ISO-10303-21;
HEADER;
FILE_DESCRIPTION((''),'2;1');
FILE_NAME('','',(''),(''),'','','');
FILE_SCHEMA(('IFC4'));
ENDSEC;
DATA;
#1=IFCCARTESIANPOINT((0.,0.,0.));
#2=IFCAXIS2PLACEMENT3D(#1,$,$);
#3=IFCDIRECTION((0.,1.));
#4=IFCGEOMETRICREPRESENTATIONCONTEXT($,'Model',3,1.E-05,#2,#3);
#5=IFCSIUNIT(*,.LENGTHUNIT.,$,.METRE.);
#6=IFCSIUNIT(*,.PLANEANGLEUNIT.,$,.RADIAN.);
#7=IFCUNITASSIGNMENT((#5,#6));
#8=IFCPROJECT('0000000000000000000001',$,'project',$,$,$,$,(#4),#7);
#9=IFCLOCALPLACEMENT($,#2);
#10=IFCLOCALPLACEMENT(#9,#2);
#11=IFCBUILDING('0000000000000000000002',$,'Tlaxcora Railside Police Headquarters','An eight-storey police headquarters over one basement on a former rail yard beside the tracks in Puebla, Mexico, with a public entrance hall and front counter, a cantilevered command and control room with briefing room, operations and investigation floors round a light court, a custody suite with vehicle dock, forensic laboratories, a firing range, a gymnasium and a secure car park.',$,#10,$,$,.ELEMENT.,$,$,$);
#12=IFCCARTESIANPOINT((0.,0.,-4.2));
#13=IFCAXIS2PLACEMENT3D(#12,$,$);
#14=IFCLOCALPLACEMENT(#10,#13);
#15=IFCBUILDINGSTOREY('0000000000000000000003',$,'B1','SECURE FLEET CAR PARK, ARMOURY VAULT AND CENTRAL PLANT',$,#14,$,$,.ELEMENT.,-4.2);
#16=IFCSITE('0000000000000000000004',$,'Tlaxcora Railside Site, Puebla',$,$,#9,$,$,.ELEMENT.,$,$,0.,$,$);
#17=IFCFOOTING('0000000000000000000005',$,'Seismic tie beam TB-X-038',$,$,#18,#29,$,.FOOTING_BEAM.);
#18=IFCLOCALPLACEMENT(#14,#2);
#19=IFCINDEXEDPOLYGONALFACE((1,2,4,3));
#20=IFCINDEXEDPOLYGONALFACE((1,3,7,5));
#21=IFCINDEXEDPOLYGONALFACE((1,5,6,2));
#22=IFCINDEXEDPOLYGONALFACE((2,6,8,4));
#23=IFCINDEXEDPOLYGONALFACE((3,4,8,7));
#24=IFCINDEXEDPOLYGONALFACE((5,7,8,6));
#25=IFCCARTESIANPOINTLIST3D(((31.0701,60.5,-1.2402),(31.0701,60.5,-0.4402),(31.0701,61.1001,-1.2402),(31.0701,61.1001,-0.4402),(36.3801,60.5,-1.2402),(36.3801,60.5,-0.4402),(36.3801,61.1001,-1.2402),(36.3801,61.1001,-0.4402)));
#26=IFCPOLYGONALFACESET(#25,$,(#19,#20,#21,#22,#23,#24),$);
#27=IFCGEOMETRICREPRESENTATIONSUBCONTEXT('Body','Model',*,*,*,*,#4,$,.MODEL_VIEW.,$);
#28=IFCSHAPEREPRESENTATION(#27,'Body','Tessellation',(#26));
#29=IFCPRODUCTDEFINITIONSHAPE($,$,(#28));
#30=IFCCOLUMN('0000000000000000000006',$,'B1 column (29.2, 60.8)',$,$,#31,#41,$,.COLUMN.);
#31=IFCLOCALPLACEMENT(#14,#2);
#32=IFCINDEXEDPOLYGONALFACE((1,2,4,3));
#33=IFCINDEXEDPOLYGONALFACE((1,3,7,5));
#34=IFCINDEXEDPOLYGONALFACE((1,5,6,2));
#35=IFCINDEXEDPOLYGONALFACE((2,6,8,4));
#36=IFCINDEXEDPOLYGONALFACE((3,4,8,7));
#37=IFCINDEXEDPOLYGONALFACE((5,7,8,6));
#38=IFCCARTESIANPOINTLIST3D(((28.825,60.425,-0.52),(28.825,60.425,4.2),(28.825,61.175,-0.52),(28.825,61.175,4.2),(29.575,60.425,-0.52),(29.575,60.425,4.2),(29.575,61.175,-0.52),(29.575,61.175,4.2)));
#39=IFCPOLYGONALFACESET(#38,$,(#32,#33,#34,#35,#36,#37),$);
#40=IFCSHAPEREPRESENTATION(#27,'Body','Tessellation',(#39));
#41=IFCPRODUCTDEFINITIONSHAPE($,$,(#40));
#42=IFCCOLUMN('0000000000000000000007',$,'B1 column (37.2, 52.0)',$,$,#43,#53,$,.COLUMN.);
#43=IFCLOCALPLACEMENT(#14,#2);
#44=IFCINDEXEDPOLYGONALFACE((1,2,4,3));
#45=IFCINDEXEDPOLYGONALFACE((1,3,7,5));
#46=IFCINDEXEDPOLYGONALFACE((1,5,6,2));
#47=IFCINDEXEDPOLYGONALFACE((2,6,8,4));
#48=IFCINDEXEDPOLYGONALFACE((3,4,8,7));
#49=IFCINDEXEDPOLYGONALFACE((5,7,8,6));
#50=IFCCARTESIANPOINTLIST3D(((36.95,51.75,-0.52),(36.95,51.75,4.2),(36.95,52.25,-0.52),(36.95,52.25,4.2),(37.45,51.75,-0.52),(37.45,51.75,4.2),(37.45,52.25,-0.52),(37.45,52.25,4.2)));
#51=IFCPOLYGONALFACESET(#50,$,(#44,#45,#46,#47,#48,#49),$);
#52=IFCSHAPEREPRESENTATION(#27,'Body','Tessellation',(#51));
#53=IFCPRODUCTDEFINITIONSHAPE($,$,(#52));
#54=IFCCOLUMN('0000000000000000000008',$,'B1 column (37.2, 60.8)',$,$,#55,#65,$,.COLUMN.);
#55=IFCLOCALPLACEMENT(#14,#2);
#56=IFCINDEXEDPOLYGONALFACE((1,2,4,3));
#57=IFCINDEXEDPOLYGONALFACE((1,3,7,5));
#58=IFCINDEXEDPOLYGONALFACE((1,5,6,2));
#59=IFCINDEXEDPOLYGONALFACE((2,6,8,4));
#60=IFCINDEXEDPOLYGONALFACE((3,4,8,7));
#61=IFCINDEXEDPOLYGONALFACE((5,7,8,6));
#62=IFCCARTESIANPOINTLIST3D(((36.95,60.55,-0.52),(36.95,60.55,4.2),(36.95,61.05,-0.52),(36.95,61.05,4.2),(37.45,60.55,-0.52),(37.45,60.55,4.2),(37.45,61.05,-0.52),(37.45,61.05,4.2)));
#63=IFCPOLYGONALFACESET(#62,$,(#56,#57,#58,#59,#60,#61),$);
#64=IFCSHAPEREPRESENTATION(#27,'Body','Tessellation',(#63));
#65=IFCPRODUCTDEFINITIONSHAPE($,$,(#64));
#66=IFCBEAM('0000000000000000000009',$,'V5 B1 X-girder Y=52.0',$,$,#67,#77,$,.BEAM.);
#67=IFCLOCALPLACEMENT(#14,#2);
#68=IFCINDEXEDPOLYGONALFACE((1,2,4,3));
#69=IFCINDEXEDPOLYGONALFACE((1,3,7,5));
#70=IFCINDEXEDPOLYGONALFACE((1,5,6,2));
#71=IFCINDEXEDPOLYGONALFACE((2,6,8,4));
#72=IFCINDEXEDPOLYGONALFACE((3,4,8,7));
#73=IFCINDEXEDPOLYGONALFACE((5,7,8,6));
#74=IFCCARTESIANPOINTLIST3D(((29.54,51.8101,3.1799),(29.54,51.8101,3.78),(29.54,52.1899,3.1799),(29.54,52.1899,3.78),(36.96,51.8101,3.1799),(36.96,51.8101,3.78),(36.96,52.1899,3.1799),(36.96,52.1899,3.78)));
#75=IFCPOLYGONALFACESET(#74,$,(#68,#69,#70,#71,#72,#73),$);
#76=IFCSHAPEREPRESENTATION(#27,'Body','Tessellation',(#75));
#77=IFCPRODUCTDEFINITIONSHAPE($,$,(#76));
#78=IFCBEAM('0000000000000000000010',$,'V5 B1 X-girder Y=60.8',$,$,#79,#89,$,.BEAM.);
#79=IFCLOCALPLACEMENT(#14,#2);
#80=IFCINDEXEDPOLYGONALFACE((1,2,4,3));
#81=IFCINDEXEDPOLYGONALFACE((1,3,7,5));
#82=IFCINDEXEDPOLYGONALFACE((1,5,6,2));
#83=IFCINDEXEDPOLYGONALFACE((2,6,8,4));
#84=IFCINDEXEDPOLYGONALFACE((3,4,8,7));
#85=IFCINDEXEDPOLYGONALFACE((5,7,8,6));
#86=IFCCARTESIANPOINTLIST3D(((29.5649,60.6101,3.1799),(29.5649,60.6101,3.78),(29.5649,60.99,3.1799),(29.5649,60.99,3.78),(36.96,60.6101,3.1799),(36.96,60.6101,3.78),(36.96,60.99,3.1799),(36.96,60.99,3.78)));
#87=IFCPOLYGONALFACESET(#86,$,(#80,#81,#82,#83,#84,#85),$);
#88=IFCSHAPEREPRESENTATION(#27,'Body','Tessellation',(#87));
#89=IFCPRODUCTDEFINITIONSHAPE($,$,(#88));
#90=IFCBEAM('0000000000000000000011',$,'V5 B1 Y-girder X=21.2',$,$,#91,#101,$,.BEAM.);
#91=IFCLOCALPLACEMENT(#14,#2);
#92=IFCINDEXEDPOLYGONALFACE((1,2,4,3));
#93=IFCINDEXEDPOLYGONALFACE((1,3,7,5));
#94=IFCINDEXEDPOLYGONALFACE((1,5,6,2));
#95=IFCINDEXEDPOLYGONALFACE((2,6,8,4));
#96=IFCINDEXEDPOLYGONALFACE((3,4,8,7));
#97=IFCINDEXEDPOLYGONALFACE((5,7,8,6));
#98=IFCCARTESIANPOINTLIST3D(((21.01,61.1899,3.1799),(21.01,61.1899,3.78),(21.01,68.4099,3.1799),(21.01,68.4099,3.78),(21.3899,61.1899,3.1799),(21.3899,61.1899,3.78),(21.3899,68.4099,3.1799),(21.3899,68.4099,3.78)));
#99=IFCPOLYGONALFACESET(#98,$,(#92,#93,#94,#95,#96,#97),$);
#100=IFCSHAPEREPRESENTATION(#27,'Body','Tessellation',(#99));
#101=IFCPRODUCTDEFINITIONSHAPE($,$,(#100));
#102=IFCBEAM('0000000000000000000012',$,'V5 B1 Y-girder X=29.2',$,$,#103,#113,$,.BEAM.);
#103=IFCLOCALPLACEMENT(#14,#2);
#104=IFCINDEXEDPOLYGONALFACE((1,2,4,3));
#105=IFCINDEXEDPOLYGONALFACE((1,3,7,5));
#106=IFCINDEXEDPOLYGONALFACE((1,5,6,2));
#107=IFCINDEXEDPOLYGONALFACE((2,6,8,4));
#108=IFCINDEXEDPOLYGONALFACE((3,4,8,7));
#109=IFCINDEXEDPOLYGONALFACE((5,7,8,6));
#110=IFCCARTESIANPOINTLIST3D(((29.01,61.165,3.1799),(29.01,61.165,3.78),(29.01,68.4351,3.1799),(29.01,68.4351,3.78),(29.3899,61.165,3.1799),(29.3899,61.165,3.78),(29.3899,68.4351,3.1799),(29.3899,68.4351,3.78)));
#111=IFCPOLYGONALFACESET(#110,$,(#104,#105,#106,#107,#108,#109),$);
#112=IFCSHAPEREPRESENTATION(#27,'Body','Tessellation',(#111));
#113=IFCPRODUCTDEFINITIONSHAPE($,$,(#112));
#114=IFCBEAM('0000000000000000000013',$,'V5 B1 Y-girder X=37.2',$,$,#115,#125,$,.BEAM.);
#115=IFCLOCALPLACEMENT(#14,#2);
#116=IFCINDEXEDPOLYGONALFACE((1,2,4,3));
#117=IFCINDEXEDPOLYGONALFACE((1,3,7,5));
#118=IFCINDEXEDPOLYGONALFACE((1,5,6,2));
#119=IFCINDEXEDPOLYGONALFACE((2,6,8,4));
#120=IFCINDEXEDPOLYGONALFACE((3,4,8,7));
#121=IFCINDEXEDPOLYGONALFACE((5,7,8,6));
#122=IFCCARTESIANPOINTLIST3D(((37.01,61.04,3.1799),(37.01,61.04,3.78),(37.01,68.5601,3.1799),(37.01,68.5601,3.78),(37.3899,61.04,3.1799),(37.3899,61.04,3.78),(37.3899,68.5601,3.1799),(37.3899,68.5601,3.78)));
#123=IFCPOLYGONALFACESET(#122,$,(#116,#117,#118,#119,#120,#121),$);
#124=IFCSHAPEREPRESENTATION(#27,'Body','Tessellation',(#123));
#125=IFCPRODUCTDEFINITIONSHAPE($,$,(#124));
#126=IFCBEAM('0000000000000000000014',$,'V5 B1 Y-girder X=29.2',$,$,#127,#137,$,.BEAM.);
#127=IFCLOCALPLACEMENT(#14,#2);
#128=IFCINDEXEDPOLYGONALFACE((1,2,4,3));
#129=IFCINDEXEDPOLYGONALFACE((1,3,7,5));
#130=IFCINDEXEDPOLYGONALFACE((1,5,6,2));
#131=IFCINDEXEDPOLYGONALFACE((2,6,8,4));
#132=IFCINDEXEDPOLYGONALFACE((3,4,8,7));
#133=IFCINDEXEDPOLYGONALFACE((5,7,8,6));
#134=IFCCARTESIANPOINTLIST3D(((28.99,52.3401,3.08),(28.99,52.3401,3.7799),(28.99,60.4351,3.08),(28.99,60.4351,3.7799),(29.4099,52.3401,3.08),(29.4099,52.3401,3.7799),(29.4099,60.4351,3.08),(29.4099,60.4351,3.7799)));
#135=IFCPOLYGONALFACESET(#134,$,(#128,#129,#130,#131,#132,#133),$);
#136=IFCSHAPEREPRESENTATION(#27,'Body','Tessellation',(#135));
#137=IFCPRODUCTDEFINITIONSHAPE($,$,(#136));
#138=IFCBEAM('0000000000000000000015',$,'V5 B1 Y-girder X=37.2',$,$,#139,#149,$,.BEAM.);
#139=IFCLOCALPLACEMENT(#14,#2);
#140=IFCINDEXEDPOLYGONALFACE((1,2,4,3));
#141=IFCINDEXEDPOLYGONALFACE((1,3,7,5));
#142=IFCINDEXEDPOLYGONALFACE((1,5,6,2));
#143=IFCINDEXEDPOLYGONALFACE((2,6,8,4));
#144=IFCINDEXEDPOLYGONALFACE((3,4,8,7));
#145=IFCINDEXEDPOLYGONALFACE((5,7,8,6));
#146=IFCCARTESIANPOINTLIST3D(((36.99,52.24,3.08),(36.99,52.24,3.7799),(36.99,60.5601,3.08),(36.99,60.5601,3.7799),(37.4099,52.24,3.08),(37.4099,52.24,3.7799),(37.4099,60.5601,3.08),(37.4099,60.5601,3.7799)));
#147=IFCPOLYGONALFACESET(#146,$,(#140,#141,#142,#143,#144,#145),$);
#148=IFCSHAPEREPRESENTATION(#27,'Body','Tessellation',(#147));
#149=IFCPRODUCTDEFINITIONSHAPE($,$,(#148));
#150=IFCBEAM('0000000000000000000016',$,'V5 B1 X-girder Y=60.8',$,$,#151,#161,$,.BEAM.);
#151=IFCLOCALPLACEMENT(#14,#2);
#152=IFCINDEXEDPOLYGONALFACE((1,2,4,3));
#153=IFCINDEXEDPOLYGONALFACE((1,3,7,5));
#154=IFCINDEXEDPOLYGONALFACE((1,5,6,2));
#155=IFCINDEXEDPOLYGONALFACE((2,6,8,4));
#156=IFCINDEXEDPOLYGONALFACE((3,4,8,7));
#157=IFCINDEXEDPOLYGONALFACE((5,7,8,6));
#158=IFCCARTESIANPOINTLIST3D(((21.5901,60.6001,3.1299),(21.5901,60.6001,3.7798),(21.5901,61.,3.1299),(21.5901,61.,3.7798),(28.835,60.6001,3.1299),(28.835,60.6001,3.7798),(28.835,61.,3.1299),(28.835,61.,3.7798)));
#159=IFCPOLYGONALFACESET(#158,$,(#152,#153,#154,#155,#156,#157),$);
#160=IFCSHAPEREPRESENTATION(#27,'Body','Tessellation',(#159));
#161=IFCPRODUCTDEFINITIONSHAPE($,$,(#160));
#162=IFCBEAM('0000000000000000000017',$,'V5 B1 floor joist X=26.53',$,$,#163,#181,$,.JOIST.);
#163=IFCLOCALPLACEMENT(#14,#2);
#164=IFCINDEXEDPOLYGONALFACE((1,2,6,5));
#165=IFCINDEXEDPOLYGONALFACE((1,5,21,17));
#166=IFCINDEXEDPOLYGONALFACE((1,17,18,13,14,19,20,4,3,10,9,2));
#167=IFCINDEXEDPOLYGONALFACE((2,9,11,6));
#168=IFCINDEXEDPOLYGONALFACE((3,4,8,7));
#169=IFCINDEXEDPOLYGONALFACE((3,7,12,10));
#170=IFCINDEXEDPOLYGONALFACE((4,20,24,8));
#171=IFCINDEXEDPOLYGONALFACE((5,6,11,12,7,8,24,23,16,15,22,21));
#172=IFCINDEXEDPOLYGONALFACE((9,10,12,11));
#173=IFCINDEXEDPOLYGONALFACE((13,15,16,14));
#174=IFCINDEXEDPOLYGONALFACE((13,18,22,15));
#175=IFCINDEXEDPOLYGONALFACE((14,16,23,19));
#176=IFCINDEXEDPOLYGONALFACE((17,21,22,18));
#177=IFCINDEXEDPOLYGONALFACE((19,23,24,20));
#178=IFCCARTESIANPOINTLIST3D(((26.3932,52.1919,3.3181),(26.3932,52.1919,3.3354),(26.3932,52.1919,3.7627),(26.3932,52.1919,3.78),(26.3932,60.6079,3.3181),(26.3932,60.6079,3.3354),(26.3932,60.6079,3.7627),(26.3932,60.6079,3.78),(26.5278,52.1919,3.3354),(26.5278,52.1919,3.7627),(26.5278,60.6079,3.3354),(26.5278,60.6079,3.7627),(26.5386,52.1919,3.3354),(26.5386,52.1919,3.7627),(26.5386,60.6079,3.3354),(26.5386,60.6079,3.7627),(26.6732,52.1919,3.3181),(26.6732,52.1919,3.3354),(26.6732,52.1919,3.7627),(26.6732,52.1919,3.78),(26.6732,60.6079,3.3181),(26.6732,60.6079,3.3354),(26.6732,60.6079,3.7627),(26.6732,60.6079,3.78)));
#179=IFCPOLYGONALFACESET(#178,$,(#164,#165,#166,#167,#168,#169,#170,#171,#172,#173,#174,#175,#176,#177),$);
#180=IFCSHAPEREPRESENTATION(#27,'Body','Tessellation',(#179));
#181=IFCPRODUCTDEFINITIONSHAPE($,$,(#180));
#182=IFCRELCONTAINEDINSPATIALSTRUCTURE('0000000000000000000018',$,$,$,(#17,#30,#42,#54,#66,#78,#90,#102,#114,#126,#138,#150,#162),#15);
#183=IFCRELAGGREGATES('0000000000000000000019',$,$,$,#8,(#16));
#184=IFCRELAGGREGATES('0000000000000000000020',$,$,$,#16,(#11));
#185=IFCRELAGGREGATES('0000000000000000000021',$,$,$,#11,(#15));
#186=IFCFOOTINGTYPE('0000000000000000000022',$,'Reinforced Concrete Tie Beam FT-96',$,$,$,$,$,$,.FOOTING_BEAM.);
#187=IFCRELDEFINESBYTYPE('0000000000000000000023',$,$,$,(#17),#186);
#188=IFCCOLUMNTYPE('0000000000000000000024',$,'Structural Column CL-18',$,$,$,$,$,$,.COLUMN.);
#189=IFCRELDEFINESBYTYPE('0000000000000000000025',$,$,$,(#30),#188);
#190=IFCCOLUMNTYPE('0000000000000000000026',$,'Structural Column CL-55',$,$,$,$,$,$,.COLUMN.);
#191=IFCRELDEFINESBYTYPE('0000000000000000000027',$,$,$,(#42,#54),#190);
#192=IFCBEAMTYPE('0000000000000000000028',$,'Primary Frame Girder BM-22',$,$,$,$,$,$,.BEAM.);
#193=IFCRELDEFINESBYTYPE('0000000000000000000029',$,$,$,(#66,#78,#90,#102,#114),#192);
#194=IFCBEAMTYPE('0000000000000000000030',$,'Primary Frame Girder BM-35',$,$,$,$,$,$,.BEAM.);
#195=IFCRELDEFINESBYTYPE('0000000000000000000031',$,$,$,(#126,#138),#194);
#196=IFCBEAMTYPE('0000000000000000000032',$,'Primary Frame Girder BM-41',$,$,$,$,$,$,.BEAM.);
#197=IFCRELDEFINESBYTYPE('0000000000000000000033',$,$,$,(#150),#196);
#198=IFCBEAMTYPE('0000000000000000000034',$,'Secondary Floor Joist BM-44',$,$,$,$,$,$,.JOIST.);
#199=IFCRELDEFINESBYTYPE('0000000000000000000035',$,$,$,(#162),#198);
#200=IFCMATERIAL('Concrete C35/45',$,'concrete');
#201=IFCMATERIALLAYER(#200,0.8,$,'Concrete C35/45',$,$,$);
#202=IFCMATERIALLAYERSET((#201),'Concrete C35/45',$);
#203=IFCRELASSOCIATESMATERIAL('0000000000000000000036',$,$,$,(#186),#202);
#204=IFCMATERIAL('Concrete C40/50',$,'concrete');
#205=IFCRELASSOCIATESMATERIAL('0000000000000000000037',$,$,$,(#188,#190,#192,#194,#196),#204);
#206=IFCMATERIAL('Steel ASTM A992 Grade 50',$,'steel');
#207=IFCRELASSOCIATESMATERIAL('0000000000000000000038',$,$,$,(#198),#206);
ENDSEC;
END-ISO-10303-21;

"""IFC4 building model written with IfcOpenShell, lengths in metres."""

from ifc_helpers import new_model, si_unit, direction, frame, origin, origin_2d, place, context, subcontext, project, spatial, rectangle, i_section, extrude, material, layer, layer_set, material_profile, profile_set, type_object, element, save


model = new_model("IFC4")

# Units and contexts
model_context = context("Model", 3, precision=1e-05, world=origin(), true_north=direction((0.0, 1.0)))
body_context = subcontext(model_context, "Body", "Model", "MODEL_VIEW")
ifc_project = project(units=[si_unit("LENGTHUNIT", "METRE"), si_unit("PLANEANGLEUNIT", "RADIAN")], contexts=[model_context])

# Site, building, storey
site_placement = place(None, origin())
site = spatial("IfcSite", under=ifc_project, at=site_placement, Name="Tlaxcora Railside Site, Puebla", CompositionType="ELEMENT", RefElevation=0.0)
building_placement = place(site_placement, origin())
building = spatial("IfcBuilding", under=site, at=building_placement, Name="Tlaxcora Railside Police Headquarters", Description="An eight-storey police headquarters over one basement on a former rail yard beside the tracks in Puebla, Mexico, with a public entrance hall and front counter, a cantilevered command and control room with briefing room, operations and investigation floors round a light court, a custody suite with vehicle dock, forensic laboratories, a firing range, a gymnasium and a secure car park.", CompositionType="ELEMENT")
storey_placement = place(building_placement, frame((0.0, 0.0, -4.2)))
storey = spatial("IfcBuildingStorey", under=building, at=storey_placement, Name="B1", Description="SECURE FLEET CAR PARK, ARMOURY VAULT AND CENTRAL PLANT", CompositionType="ELEMENT", Elevation=-4.2)

# Shared definitions
ifc_material_1 = material(Name="Concrete C35/45", Category="concrete")

# Footing
ifc_material_2 = material(Name="Concrete C40/50", Category="concrete")
ifc_layer_1 = layer(ifc_material_1, 0.8, Name="Concrete C35/45")
ifc_layer_set_1 = layer_set([ifc_layer_1], Name="Concrete C35/45")
footing_type_1 = type_object("IfcFootingType", Name="Reinforced Concrete Tie Beam FT-96", PredefinedType="FOOTING_BEAM", material=ifc_layer_set_1)
footing_1_placement = place(storey_placement, frame((33.7251, 60.8, -1.2402), z_axis=(0.0, 0.0, 1.0), x_axis=(1.0, 0.0, 0.0)))
element("IfcFooting", 1, at=footing_1_placement, inside=storey, type_object=footing_type_1, Name="Seismic tie beam TB-X-038", PredefinedType="FOOTING_BEAM", context=body_context, shape_type="SweptSolid", body=[
    extrude(rectangle(XDim=5.3101, YDim=0.6001, at=origin_2d()), origin(), (0.0, 0.0, 1.0), 0.8),
])

# Columns
ifc_material_profile_1 = material_profile(ifc_material_2, rectangle(XDim=0.75, YDim=0.75, at=origin_2d()), Name="RC750X750")
ifc_profile_set_1 = profile_set([ifc_material_profile_1], Name="Concrete C40/50")
column_type_1 = type_object("IfcColumnType", Name="Structural Column CL-18", PredefinedType="COLUMN", material=ifc_profile_set_1)
column_placement = place(storey_placement, frame((29.2, 60.8, -0.52), z_axis=(0.0, 0.0, 1.0), x_axis=(1.0, 0.0, 0.0)))
element("IfcColumn", 2, at=column_placement, inside=storey, type_object=column_type_1, Name="B1 column (29.2, 60.8)", PredefinedType="COLUMN", context=body_context, shape_type="SweptSolid", body=[
    extrude(rectangle(XDim=0.75, YDim=0.75, at=origin_2d()), origin(), (0.0, 0.0, 1.0), 4.72),
])
ifc_material_profile_2 = material_profile(ifc_material_2, rectangle(XDim=0.5, YDim=0.5, at=origin_2d()), Name="RC500X500")
ifc_profile_set_2 = profile_set([ifc_material_profile_2], Name="Concrete C40/50")
column_type_2 = type_object("IfcColumnType", Name="Structural Column CL-55", PredefinedType="COLUMN", material=ifc_profile_set_2)
for number, where, z_axis, x_axis, name in (
    (3, (37.2, 52.0, -0.52), (0.0, 0.0, 1.0), (1.0, 0.0, 0.0), "B1 column (37.2, 52.0)"),
    (4, (37.2, 60.8, -0.52), (0.0, 0.0, 1.0), (1.0, 0.0, 0.0), "B1 column (37.2, 60.8)"),
):
    element("IfcColumn", number, at=place(storey_placement, frame(where, z_axis=z_axis, x_axis=x_axis)), inside=storey, type_object=column_type_2, Name=name, PredefinedType="COLUMN", context=body_context, shape_type="SweptSolid", body=[
        extrude(rectangle(XDim=0.5, YDim=0.5, at=origin_2d()), origin(), (0.0, 0.0, 1.0), 4.72),
    ])

# Beams
ifc_material_profile_3 = material_profile(ifc_material_2, rectangle(XDim=0.3799, YDim=0.6001, at=origin_2d()), Name="RC380X600")
ifc_profile_set_3 = profile_set([ifc_material_profile_3], Name="Concrete C40/50")
beam_type_1 = type_object("IfcBeamType", Name="Primary Frame Girder BM-22", PredefinedType="BEAM", material=ifc_profile_set_3)
beam_1_placement = place(storey_placement, frame((29.54, 52.0, 3.48), z_axis=(1.0, 0.0, 0.0), x_axis=(0.0, 1.0, 0.0)))
element("IfcBeam", 5, at=beam_1_placement, inside=storey, type_object=beam_type_1, Name="V5 B1 X-girder Y=52.0", PredefinedType="BEAM", context=body_context, shape_type="SweptSolid", body=[
    extrude(rectangle(XDim=0.3799, YDim=0.6001, at=origin_2d()), origin(), (0.0, 0.0, 1.0), 7.4199),
])
beam_2_placement = place(storey_placement, frame((29.5649, 60.8, 3.48), z_axis=(1.0, 0.0, 0.0), x_axis=(0.0, 1.0, 0.0)))
element("IfcBeam", 6, at=beam_2_placement, inside=storey, type_object=beam_type_1, Name="V5 B1 X-girder Y=60.8", PredefinedType="BEAM", context=body_context, shape_type="SweptSolid", body=[
    extrude(rectangle(XDim=0.3799, YDim=0.6001, at=origin_2d()), origin(), (0.0, 0.0, 1.0), 7.395),
])
beam_3_placement = place(storey_placement, frame((21.2, 61.1899, 3.48), z_axis=(0.0, 1.0, 0.0), x_axis=(-1.0, 0.0, 0.0)))
element("IfcBeam", 7, at=beam_3_placement, inside=storey, type_object=beam_type_1, Name="V5 B1 Y-girder X=21.2", PredefinedType="BEAM", context=body_context, shape_type="SweptSolid", body=[
    extrude(rectangle(XDim=0.3799, YDim=0.6001, at=origin_2d()), origin(), (0.0, 0.0, 1.0), 7.22),
])
beam_4_placement = place(storey_placement, frame((29.2, 61.165, 3.48), z_axis=(0.0, 1.0, 0.0), x_axis=(-1.0, 0.0, 0.0)))
element("IfcBeam", 8, at=beam_4_placement, inside=storey, type_object=beam_type_1, Name="V5 B1 Y-girder X=29.2", PredefinedType="BEAM", context=body_context, shape_type="SweptSolid", body=[
    extrude(rectangle(XDim=0.3799, YDim=0.6001, at=origin_2d()), origin(), (0.0, 0.0, 1.0), 7.27),
])
beam_5_placement = place(storey_placement, frame((37.2, 61.04, 3.48), z_axis=(0.0, 1.0, 0.0), x_axis=(-1.0, 0.0, 0.0)))
element("IfcBeam", 9, at=beam_5_placement, inside=storey, type_object=beam_type_1, Name="V5 B1 Y-girder X=37.2", PredefinedType="BEAM", context=body_context, shape_type="SweptSolid", body=[
    extrude(rectangle(XDim=0.3799, YDim=0.6001, at=origin_2d()), origin(), (0.0, 0.0, 1.0), 7.52),
])
ifc_material_profile_4 = material_profile(ifc_material_2, rectangle(XDim=0.4199, YDim=0.7, at=origin_2d()), Name="RC420X700")
ifc_profile_set_4 = profile_set([ifc_material_profile_4], Name="Concrete C40/50")
beam_type_2 = type_object("IfcBeamType", Name="Primary Frame Girder BM-35", PredefinedType="BEAM", material=ifc_profile_set_4)
beam_6_placement = place(storey_placement, frame((29.2, 52.3401, 3.4299), z_axis=(0.0, 1.0, 0.0), x_axis=(-1.0, 0.0, 0.0)))
element("IfcBeam", 10, at=beam_6_placement, inside=storey, type_object=beam_type_2, Name="V5 B1 Y-girder X=29.2", PredefinedType="BEAM", context=body_context, shape_type="SweptSolid", body=[
    extrude(rectangle(XDim=0.4199, YDim=0.7, at=origin_2d()), origin(), (0.0, 0.0, 1.0), 8.095),
])
beam_7_placement = place(storey_placement, frame((37.2, 52.24, 3.4299), z_axis=(0.0, 1.0, 0.0), x_axis=(-1.0, 0.0, 0.0)))
element("IfcBeam", 11, at=beam_7_placement, inside=storey, type_object=beam_type_2, Name="V5 B1 Y-girder X=37.2", PredefinedType="BEAM", context=body_context, shape_type="SweptSolid", body=[
    extrude(rectangle(XDim=0.4199, YDim=0.7, at=origin_2d()), origin(), (0.0, 0.0, 1.0), 8.3201),
])
ifc_material_profile_5 = material_profile(ifc_material_2, rectangle(XDim=0.3999, YDim=0.6499, at=origin_2d()), Name="RC400X650")
ifc_profile_set_5 = profile_set([ifc_material_profile_5], Name="Concrete C40/50")
beam_type_3 = type_object("IfcBeamType", Name="Primary Frame Girder BM-41", PredefinedType="BEAM", material=ifc_profile_set_5)
beam_8_placement = place(storey_placement, frame((21.5901, 60.8, 3.4548), z_axis=(1.0, 0.0, 0.0), x_axis=(0.0, 1.0, 0.0)))
element("IfcBeam", 12, at=beam_8_placement, inside=storey, type_object=beam_type_3, Name="V5 B1 X-girder Y=60.8", PredefinedType="BEAM", context=body_context, shape_type="SweptSolid", body=[
    extrude(rectangle(XDim=0.3999, YDim=0.6499, at=origin_2d()), origin(), (0.0, 0.0, 1.0), 7.2449),
])
ifc_material_3 = material(Name="Steel ASTM A992 Grade 50", Category="steel")
ifc_material_profile_6 = material_profile(ifc_material_3, i_section(OverallWidth=0.28, OverallDepth=0.4619, WebThickness=0.0107, FlangeThickness=0.0173, at=origin_2d()), Name="W18X76")
ifc_profile_set_6 = profile_set([ifc_material_profile_6], Name="Steel ASTM A992 Grade 50")
beam_type_4 = type_object("IfcBeamType", Name="Secondary Floor Joist BM-44", PredefinedType="JOIST", material=ifc_profile_set_6)
beam_9_placement = place(storey_placement, frame((26.5332, 52.1919, 3.5491), z_axis=(0.0, 1.0, 0.0), x_axis=(-1.0, 0.0, 0.0)))
element("IfcBeam", 13, at=beam_9_placement, inside=storey, type_object=beam_type_4, Name="V5 B1 floor joist X=26.53", PredefinedType="JOIST", context=body_context, shape_type="SweptSolid", body=[
    extrude(i_section(OverallWidth=0.28, OverallDepth=0.4619, WebThickness=0.0107, FlangeThickness=0.0173, at=origin_2d()), origin(), (0.0, 0.0, 1.0), 8.416),
])

save(model, "model.ifc")
